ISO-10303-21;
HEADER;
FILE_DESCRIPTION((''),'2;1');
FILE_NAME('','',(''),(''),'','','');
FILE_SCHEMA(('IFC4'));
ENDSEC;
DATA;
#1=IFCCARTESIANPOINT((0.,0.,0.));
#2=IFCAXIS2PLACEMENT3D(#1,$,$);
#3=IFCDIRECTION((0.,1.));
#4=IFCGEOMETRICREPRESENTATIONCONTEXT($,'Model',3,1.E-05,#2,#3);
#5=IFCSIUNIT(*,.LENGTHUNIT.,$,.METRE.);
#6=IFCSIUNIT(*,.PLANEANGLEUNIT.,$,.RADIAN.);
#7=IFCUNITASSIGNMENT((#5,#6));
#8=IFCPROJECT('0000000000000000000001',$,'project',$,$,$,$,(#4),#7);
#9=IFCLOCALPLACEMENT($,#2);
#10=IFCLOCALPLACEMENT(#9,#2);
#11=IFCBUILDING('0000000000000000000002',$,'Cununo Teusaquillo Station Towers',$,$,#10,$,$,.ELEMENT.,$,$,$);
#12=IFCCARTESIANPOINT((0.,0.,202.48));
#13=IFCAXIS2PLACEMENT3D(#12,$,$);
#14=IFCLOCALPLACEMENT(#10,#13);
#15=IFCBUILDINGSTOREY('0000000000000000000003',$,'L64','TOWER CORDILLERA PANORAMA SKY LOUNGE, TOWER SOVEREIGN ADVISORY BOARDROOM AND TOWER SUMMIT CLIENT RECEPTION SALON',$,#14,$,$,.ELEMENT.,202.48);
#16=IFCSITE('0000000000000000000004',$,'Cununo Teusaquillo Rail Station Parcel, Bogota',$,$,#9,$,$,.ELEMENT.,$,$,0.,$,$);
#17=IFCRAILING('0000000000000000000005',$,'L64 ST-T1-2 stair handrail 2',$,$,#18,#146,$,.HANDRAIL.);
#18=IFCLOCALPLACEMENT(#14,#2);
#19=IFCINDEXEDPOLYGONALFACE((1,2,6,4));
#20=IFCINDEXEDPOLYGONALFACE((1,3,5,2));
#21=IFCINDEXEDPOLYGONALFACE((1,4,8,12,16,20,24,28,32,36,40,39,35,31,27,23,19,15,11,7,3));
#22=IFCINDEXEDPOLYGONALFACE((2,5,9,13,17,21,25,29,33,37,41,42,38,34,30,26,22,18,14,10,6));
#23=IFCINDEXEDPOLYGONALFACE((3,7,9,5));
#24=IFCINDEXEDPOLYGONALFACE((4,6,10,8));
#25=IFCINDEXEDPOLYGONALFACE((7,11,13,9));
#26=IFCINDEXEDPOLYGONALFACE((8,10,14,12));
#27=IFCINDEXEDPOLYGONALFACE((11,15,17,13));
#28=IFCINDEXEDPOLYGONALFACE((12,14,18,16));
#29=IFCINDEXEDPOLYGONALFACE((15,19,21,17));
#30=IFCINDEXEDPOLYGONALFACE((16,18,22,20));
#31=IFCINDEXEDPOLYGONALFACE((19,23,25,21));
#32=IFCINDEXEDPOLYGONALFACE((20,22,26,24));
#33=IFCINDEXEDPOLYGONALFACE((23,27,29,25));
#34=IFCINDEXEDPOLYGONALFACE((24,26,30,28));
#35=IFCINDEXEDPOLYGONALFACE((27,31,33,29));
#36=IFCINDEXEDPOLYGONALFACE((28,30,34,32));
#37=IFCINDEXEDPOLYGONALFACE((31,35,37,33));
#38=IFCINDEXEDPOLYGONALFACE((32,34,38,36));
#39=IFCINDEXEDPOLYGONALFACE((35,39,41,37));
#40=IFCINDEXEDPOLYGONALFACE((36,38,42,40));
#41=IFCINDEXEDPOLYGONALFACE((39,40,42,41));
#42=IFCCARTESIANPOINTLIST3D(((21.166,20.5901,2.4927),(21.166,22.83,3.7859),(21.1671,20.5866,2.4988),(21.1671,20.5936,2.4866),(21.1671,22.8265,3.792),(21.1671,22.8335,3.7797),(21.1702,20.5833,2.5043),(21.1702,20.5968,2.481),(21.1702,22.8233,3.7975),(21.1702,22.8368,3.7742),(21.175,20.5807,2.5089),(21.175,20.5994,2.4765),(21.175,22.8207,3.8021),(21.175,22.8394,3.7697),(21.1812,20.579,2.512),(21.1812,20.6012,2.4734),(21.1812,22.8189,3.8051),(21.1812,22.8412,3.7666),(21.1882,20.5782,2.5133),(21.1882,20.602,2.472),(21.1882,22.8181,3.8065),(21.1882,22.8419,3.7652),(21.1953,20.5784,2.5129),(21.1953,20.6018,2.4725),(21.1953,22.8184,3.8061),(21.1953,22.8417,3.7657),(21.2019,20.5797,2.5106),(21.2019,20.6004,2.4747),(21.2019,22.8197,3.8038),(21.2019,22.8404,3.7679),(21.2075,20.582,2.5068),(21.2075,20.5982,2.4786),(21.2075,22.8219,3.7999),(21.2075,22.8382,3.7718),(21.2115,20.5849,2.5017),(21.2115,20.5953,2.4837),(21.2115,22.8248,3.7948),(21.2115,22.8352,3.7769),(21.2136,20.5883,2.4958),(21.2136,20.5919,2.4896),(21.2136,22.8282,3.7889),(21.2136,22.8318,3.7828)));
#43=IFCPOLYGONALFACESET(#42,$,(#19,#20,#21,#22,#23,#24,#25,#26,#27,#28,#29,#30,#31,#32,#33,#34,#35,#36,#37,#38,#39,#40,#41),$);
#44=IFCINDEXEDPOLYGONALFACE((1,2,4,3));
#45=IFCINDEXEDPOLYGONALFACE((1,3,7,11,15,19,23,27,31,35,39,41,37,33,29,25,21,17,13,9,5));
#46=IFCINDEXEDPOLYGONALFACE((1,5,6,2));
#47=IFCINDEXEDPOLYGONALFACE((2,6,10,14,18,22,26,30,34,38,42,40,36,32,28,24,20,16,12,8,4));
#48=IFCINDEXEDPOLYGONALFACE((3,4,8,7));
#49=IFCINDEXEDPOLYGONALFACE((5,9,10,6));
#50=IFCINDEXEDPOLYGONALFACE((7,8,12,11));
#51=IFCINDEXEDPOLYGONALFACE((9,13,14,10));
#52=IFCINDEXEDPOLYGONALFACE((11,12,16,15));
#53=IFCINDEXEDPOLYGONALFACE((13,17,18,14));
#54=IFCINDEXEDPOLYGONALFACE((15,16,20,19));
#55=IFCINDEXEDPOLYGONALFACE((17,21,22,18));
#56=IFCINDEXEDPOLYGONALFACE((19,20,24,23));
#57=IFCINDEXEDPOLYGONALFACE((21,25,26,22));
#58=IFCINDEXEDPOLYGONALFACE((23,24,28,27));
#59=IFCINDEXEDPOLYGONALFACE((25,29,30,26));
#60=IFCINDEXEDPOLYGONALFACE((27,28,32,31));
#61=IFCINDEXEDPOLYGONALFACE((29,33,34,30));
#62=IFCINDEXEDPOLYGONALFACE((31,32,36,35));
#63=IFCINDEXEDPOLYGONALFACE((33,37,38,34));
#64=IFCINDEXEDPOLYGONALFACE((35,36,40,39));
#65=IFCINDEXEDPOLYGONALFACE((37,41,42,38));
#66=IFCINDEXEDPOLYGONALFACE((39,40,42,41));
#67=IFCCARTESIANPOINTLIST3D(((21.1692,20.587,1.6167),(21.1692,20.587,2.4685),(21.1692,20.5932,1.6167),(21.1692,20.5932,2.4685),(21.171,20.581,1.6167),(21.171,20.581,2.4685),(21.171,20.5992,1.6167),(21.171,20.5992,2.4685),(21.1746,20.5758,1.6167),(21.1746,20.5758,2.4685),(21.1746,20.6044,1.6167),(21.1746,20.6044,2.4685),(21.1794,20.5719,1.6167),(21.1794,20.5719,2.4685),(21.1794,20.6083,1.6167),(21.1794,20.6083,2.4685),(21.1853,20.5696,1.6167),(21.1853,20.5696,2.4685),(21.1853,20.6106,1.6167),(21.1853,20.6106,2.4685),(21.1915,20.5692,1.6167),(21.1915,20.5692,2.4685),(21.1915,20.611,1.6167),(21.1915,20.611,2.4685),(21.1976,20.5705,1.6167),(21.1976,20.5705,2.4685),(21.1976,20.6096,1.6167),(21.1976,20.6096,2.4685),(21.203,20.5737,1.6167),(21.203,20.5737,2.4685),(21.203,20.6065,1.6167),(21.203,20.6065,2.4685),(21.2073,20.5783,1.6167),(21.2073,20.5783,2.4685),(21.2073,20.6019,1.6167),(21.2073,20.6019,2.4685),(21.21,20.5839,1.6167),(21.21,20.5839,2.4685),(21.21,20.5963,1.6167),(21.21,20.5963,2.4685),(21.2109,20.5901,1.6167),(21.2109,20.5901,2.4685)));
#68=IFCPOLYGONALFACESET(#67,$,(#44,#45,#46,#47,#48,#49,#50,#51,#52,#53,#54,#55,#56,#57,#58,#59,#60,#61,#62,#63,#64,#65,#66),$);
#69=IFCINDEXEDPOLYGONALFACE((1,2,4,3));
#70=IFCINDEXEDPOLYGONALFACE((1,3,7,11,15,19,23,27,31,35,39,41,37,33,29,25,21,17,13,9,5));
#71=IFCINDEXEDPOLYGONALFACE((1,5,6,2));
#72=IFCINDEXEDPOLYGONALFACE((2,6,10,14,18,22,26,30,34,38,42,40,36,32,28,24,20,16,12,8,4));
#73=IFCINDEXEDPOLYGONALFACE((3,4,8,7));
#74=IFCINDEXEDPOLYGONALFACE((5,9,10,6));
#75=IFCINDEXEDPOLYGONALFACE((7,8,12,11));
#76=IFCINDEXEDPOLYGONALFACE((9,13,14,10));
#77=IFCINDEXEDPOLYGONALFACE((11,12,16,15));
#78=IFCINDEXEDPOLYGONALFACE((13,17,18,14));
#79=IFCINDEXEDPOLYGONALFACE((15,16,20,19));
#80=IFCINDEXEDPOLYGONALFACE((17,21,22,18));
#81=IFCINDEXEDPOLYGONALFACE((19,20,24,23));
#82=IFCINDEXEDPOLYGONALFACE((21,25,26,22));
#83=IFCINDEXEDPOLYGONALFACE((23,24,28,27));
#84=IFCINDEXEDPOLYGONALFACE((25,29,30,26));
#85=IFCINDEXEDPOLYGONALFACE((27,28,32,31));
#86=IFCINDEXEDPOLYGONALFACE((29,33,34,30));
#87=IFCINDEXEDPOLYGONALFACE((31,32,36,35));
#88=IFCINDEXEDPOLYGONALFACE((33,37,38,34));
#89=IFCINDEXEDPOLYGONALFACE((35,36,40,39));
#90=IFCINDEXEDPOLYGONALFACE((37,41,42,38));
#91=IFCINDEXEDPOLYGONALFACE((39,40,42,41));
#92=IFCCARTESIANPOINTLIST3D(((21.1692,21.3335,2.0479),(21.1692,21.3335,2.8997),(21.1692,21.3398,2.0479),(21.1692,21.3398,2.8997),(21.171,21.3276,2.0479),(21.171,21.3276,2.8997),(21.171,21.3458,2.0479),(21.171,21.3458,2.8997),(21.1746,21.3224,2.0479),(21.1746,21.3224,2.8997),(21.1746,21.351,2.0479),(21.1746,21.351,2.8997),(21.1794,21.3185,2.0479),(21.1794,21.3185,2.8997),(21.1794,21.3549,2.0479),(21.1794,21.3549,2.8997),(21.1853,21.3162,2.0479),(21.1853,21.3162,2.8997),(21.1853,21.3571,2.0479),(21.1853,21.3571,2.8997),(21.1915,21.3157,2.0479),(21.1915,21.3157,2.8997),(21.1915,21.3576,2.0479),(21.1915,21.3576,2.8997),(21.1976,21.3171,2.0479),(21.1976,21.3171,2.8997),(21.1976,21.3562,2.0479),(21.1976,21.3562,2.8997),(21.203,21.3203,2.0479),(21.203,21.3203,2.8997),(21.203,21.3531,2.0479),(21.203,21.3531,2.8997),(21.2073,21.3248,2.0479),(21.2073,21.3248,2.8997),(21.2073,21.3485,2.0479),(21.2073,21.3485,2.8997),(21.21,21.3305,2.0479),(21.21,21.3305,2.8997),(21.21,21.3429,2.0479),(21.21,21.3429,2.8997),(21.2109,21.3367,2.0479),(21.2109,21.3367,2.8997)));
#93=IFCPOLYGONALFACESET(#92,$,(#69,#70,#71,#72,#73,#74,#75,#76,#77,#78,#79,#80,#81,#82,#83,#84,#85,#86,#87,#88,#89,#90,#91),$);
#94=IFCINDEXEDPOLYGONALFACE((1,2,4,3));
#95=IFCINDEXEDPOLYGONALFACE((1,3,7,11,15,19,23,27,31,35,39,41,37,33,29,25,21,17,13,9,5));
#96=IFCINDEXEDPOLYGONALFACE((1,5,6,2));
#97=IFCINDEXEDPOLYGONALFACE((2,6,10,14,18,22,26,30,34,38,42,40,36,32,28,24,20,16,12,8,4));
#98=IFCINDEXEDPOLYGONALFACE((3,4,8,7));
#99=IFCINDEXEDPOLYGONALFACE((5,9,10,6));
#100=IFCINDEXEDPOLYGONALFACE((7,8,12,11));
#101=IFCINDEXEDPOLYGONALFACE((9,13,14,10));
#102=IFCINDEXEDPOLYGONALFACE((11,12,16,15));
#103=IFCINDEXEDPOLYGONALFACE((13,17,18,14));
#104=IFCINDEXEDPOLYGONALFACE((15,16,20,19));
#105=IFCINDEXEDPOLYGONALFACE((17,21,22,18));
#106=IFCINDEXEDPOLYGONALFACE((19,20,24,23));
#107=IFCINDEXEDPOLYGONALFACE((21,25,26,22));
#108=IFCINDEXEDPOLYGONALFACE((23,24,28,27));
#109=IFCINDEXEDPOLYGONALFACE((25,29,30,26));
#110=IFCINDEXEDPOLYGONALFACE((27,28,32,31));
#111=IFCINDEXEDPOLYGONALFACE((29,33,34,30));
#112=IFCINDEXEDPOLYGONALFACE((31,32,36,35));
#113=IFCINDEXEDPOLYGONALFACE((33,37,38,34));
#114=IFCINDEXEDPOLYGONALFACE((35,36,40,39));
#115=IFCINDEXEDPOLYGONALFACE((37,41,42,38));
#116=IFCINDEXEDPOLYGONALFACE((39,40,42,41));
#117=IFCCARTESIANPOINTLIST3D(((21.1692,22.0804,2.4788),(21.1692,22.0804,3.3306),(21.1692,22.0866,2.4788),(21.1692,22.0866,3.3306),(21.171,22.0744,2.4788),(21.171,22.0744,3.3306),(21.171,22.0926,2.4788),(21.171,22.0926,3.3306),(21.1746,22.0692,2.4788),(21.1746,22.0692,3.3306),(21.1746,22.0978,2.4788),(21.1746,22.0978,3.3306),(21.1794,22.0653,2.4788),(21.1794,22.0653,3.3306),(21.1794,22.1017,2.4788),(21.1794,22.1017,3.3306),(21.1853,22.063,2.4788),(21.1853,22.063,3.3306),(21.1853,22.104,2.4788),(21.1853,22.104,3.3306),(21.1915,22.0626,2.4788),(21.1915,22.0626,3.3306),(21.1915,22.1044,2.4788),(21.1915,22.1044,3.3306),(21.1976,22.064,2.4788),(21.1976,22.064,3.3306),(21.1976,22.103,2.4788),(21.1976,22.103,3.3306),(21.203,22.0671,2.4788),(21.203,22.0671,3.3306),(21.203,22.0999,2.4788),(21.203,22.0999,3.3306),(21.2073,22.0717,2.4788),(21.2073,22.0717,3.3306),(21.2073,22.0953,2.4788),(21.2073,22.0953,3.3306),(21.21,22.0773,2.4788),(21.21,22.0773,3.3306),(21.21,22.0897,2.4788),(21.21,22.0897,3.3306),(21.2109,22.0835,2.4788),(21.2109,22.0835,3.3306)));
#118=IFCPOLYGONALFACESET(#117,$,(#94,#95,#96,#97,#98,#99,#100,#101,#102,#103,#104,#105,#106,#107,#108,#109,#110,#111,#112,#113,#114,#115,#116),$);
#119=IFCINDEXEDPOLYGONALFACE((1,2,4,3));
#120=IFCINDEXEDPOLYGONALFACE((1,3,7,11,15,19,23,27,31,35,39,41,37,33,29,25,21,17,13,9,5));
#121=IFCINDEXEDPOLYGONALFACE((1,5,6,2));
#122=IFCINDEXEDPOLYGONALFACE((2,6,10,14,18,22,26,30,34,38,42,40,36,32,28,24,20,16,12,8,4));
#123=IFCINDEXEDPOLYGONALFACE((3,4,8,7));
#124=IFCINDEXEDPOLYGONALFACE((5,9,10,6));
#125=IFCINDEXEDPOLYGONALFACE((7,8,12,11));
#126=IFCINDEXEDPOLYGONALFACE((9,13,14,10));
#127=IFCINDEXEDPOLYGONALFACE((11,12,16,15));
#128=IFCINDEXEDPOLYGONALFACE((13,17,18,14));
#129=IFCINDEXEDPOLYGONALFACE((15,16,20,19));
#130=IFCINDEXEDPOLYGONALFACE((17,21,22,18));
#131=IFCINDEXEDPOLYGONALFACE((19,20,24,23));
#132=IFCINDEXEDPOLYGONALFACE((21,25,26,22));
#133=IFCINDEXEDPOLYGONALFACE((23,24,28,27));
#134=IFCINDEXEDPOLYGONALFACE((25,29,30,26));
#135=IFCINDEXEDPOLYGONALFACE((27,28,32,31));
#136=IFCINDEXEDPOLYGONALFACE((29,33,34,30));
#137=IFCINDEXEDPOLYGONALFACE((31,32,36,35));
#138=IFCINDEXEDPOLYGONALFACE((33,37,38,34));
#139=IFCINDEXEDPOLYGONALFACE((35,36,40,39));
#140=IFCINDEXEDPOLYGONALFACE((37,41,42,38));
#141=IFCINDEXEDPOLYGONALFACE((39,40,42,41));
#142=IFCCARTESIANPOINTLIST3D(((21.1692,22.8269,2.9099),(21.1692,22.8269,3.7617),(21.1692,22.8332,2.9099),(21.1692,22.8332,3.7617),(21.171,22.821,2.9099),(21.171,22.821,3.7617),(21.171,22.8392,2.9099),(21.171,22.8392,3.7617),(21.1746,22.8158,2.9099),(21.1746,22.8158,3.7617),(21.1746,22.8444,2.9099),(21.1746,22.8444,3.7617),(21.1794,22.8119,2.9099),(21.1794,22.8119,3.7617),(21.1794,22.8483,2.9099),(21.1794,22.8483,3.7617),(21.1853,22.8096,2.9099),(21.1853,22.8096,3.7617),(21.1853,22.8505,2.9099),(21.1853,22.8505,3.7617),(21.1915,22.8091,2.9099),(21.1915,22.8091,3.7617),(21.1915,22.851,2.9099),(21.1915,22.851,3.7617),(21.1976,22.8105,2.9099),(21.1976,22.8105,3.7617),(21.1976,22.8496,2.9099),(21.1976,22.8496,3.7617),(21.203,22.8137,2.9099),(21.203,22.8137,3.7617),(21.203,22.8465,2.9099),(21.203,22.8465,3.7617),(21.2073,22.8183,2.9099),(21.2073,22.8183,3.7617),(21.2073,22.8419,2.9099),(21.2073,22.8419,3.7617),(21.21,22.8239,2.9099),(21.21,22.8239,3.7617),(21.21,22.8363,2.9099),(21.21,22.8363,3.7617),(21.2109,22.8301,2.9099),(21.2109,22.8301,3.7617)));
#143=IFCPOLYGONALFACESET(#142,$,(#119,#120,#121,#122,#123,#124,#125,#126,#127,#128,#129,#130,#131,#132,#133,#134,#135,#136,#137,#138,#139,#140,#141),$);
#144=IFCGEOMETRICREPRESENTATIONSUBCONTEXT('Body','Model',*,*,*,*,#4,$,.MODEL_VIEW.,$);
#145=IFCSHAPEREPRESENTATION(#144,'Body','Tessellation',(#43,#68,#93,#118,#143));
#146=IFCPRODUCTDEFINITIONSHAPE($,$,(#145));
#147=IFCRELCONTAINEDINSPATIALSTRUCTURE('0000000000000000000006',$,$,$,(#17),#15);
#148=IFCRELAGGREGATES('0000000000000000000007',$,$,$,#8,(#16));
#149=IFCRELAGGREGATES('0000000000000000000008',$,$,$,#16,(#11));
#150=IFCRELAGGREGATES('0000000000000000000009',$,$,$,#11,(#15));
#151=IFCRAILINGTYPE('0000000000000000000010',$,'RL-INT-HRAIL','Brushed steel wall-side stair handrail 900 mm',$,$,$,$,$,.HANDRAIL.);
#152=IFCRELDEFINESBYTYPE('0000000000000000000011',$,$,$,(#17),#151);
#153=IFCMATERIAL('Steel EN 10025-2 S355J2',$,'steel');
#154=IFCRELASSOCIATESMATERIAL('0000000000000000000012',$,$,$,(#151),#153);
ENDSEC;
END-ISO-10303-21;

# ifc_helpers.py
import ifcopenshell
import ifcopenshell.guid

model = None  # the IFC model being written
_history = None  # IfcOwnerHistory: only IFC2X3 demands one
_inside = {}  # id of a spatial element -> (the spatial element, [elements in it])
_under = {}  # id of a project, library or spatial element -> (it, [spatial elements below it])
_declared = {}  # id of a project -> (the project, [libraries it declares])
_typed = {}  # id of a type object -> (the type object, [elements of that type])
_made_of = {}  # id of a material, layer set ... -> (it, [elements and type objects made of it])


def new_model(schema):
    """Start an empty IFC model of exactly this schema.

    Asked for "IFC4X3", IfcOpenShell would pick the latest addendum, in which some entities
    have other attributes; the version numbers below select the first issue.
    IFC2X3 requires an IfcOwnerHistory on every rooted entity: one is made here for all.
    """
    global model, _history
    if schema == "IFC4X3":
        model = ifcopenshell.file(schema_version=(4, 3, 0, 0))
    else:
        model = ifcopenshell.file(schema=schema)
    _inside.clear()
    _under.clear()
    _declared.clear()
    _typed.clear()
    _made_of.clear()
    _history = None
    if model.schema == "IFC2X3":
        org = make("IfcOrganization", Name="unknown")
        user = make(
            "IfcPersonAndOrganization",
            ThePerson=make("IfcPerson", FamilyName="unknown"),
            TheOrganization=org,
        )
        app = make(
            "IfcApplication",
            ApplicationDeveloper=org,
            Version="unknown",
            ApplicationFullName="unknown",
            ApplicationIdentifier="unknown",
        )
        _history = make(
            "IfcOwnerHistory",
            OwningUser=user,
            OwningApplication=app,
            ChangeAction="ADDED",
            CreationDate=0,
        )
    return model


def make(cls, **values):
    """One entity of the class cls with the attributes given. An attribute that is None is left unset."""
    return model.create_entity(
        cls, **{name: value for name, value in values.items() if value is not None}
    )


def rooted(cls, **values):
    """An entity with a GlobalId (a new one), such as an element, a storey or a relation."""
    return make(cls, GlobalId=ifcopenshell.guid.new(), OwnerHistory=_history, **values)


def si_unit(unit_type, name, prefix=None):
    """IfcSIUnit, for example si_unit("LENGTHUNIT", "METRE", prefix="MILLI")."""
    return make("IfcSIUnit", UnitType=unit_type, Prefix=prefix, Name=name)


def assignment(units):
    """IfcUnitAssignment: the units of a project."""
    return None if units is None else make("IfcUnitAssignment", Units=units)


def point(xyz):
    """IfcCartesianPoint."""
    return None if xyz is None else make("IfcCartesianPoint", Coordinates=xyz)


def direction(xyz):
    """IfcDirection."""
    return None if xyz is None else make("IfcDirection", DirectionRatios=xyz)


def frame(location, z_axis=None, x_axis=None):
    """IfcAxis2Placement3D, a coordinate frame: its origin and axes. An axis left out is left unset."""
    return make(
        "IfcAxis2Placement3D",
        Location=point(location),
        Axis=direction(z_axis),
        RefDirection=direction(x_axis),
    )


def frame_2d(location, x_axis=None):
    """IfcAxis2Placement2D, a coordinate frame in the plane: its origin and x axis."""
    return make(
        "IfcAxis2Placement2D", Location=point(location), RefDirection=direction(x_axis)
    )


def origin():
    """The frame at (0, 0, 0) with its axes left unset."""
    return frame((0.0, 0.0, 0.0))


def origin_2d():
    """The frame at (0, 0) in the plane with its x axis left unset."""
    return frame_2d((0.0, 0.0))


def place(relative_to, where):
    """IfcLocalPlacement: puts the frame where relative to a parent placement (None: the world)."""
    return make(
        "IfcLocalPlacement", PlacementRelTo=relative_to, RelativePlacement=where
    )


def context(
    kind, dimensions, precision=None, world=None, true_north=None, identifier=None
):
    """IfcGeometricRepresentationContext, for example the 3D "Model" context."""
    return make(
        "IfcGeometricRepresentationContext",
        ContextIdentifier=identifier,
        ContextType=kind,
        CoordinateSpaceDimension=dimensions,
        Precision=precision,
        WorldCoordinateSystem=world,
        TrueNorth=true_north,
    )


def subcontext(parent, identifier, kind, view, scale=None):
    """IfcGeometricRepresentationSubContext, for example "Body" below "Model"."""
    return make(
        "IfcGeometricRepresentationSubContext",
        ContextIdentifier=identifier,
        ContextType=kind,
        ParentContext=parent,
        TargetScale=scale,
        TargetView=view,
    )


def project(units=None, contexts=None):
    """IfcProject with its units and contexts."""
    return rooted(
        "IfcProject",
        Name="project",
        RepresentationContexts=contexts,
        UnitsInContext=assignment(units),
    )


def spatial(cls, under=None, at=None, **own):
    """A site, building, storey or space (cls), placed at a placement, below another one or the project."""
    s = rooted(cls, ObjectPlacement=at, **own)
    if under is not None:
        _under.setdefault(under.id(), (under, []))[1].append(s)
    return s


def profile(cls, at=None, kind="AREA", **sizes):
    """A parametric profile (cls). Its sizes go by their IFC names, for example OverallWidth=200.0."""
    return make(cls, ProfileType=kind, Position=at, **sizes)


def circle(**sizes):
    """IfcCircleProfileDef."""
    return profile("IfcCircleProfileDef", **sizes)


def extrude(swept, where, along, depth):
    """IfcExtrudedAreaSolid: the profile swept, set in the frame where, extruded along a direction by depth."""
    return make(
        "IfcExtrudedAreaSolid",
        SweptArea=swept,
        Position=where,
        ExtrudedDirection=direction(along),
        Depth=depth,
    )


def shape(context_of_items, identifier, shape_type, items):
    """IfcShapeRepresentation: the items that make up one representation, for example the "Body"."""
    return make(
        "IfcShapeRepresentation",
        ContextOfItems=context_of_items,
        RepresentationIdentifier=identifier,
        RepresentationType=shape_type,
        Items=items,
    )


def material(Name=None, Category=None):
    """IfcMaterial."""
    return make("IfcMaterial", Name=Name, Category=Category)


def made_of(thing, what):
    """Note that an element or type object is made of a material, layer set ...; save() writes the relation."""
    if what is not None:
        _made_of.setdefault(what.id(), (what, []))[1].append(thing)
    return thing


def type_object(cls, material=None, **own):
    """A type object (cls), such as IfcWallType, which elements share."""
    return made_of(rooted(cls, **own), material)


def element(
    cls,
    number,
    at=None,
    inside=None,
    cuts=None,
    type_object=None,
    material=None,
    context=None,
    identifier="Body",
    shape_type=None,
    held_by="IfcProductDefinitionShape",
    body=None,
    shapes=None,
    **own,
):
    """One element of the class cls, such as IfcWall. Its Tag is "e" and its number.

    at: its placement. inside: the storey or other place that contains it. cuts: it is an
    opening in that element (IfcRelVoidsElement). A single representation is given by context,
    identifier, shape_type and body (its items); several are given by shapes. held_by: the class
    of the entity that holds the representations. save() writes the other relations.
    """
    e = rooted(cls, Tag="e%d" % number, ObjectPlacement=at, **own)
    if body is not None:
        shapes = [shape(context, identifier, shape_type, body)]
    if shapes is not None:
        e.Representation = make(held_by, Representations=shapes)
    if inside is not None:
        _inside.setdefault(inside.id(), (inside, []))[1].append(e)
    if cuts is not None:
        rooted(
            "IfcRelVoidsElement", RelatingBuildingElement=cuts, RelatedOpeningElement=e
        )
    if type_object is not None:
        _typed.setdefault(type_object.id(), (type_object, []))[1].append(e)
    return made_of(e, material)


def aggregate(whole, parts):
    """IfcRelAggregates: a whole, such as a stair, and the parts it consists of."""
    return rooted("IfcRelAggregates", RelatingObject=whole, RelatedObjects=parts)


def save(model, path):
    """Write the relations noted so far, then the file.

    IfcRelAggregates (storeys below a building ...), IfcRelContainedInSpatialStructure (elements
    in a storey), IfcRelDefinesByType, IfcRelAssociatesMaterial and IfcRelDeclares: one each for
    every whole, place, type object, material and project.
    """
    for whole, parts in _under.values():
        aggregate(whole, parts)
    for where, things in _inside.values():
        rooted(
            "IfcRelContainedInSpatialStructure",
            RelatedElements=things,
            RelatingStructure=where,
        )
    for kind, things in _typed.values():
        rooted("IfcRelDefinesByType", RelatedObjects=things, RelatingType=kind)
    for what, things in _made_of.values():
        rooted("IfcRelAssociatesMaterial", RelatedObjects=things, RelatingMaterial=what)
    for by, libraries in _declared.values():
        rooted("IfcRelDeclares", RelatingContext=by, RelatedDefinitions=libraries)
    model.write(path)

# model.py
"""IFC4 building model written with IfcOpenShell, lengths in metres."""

from ifc_helpers import new_model, si_unit, direction, frame, origin, origin_2d, place, context, subcontext, project, spatial, circle, extrude, material, type_object, element, save


model = new_model("IFC4")

# Units and contexts
model_context = context("Model", 3, precision=1e-05, world=origin(), true_north=direction((0.0, 1.0)))
body_context = subcontext(model_context, "Body", "Model", "MODEL_VIEW")
ifc_project = project(units=[si_unit("LENGTHUNIT", "METRE"), si_unit("PLANEANGLEUNIT", "RADIAN")], contexts=[model_context])

# Site, building, storey
site_placement = place(None, origin())
site = spatial("IfcSite", under=ifc_project, at=site_placement, Name="Cununo Teusaquillo Rail Station Parcel, Bogota", CompositionType="ELEMENT", RefElevation=0.0)
building_placement = place(site_placement, origin())
building = spatial("IfcBuilding", under=site, at=building_placement, Name="Cununo Teusaquillo Station Towers", CompositionType="ELEMENT")
storey_placement = place(building_placement, frame((0.0, 0.0, 202.48)))
storey = spatial("IfcBuildingStorey", under=building, at=storey_placement, Name="L64", Description="TOWER CORDILLERA PANORAMA SKY LOUNGE, TOWER SOVEREIGN ADVISORY BOARDROOM AND TOWER SUMMIT CLIENT RECEPTION SALON", CompositionType="ELEMENT", Elevation=202.48)

# Railing
ifc_material_1 = material(Name="Steel EN 10025-2 S355J2", Category="steel")
railing_type_1 = type_object("IfcRailingType", Name="RL-INT-HRAIL", Description="Brushed steel wall-side stair handrail 900 mm", PredefinedType="HANDRAIL", material=ifc_material_1)
railing_1_placement = place(storey_placement, frame((21.1899, 20.5901, 1.6167)))
element("IfcRailing", 1, at=railing_1_placement, inside=storey, type_object=railing_type_1, Name="L64 ST-T1-2 stair handrail 2", PredefinedType="HANDRAIL", context=body_context, shape_type="SweptSolid", body=[
    extrude(circle(Radius=0.0239, at=origin_2d()), frame((0.0, 0.0, 0.876), z_axis=(0.0, 0.866033, 0.499987), x_axis=(-1.0, 0.0, 0.0)), (0.0, 0.0, 1.0), 2.5864),
    extrude(circle(Radius=0.021, at=origin_2d()), origin(), (0.0, 0.0, 1.0), 0.8518),
    extrude(circle(Radius=0.021, at=origin_2d()), frame((0.0, 0.7466, 0.4312)), (0.0, 0.0, 1.0), 0.8518),
    extrude(circle(Radius=0.021, at=origin_2d()), frame((0.0, 1.4934, 0.8621)), (0.0, 0.0, 1.0), 0.8518),
    extrude(circle(Radius=0.021, at=origin_2d()), frame((0.0, 2.24, 1.2932)), (0.0, 0.0, 1.0), 0.8518),
])

save(model, "model.ifc")
